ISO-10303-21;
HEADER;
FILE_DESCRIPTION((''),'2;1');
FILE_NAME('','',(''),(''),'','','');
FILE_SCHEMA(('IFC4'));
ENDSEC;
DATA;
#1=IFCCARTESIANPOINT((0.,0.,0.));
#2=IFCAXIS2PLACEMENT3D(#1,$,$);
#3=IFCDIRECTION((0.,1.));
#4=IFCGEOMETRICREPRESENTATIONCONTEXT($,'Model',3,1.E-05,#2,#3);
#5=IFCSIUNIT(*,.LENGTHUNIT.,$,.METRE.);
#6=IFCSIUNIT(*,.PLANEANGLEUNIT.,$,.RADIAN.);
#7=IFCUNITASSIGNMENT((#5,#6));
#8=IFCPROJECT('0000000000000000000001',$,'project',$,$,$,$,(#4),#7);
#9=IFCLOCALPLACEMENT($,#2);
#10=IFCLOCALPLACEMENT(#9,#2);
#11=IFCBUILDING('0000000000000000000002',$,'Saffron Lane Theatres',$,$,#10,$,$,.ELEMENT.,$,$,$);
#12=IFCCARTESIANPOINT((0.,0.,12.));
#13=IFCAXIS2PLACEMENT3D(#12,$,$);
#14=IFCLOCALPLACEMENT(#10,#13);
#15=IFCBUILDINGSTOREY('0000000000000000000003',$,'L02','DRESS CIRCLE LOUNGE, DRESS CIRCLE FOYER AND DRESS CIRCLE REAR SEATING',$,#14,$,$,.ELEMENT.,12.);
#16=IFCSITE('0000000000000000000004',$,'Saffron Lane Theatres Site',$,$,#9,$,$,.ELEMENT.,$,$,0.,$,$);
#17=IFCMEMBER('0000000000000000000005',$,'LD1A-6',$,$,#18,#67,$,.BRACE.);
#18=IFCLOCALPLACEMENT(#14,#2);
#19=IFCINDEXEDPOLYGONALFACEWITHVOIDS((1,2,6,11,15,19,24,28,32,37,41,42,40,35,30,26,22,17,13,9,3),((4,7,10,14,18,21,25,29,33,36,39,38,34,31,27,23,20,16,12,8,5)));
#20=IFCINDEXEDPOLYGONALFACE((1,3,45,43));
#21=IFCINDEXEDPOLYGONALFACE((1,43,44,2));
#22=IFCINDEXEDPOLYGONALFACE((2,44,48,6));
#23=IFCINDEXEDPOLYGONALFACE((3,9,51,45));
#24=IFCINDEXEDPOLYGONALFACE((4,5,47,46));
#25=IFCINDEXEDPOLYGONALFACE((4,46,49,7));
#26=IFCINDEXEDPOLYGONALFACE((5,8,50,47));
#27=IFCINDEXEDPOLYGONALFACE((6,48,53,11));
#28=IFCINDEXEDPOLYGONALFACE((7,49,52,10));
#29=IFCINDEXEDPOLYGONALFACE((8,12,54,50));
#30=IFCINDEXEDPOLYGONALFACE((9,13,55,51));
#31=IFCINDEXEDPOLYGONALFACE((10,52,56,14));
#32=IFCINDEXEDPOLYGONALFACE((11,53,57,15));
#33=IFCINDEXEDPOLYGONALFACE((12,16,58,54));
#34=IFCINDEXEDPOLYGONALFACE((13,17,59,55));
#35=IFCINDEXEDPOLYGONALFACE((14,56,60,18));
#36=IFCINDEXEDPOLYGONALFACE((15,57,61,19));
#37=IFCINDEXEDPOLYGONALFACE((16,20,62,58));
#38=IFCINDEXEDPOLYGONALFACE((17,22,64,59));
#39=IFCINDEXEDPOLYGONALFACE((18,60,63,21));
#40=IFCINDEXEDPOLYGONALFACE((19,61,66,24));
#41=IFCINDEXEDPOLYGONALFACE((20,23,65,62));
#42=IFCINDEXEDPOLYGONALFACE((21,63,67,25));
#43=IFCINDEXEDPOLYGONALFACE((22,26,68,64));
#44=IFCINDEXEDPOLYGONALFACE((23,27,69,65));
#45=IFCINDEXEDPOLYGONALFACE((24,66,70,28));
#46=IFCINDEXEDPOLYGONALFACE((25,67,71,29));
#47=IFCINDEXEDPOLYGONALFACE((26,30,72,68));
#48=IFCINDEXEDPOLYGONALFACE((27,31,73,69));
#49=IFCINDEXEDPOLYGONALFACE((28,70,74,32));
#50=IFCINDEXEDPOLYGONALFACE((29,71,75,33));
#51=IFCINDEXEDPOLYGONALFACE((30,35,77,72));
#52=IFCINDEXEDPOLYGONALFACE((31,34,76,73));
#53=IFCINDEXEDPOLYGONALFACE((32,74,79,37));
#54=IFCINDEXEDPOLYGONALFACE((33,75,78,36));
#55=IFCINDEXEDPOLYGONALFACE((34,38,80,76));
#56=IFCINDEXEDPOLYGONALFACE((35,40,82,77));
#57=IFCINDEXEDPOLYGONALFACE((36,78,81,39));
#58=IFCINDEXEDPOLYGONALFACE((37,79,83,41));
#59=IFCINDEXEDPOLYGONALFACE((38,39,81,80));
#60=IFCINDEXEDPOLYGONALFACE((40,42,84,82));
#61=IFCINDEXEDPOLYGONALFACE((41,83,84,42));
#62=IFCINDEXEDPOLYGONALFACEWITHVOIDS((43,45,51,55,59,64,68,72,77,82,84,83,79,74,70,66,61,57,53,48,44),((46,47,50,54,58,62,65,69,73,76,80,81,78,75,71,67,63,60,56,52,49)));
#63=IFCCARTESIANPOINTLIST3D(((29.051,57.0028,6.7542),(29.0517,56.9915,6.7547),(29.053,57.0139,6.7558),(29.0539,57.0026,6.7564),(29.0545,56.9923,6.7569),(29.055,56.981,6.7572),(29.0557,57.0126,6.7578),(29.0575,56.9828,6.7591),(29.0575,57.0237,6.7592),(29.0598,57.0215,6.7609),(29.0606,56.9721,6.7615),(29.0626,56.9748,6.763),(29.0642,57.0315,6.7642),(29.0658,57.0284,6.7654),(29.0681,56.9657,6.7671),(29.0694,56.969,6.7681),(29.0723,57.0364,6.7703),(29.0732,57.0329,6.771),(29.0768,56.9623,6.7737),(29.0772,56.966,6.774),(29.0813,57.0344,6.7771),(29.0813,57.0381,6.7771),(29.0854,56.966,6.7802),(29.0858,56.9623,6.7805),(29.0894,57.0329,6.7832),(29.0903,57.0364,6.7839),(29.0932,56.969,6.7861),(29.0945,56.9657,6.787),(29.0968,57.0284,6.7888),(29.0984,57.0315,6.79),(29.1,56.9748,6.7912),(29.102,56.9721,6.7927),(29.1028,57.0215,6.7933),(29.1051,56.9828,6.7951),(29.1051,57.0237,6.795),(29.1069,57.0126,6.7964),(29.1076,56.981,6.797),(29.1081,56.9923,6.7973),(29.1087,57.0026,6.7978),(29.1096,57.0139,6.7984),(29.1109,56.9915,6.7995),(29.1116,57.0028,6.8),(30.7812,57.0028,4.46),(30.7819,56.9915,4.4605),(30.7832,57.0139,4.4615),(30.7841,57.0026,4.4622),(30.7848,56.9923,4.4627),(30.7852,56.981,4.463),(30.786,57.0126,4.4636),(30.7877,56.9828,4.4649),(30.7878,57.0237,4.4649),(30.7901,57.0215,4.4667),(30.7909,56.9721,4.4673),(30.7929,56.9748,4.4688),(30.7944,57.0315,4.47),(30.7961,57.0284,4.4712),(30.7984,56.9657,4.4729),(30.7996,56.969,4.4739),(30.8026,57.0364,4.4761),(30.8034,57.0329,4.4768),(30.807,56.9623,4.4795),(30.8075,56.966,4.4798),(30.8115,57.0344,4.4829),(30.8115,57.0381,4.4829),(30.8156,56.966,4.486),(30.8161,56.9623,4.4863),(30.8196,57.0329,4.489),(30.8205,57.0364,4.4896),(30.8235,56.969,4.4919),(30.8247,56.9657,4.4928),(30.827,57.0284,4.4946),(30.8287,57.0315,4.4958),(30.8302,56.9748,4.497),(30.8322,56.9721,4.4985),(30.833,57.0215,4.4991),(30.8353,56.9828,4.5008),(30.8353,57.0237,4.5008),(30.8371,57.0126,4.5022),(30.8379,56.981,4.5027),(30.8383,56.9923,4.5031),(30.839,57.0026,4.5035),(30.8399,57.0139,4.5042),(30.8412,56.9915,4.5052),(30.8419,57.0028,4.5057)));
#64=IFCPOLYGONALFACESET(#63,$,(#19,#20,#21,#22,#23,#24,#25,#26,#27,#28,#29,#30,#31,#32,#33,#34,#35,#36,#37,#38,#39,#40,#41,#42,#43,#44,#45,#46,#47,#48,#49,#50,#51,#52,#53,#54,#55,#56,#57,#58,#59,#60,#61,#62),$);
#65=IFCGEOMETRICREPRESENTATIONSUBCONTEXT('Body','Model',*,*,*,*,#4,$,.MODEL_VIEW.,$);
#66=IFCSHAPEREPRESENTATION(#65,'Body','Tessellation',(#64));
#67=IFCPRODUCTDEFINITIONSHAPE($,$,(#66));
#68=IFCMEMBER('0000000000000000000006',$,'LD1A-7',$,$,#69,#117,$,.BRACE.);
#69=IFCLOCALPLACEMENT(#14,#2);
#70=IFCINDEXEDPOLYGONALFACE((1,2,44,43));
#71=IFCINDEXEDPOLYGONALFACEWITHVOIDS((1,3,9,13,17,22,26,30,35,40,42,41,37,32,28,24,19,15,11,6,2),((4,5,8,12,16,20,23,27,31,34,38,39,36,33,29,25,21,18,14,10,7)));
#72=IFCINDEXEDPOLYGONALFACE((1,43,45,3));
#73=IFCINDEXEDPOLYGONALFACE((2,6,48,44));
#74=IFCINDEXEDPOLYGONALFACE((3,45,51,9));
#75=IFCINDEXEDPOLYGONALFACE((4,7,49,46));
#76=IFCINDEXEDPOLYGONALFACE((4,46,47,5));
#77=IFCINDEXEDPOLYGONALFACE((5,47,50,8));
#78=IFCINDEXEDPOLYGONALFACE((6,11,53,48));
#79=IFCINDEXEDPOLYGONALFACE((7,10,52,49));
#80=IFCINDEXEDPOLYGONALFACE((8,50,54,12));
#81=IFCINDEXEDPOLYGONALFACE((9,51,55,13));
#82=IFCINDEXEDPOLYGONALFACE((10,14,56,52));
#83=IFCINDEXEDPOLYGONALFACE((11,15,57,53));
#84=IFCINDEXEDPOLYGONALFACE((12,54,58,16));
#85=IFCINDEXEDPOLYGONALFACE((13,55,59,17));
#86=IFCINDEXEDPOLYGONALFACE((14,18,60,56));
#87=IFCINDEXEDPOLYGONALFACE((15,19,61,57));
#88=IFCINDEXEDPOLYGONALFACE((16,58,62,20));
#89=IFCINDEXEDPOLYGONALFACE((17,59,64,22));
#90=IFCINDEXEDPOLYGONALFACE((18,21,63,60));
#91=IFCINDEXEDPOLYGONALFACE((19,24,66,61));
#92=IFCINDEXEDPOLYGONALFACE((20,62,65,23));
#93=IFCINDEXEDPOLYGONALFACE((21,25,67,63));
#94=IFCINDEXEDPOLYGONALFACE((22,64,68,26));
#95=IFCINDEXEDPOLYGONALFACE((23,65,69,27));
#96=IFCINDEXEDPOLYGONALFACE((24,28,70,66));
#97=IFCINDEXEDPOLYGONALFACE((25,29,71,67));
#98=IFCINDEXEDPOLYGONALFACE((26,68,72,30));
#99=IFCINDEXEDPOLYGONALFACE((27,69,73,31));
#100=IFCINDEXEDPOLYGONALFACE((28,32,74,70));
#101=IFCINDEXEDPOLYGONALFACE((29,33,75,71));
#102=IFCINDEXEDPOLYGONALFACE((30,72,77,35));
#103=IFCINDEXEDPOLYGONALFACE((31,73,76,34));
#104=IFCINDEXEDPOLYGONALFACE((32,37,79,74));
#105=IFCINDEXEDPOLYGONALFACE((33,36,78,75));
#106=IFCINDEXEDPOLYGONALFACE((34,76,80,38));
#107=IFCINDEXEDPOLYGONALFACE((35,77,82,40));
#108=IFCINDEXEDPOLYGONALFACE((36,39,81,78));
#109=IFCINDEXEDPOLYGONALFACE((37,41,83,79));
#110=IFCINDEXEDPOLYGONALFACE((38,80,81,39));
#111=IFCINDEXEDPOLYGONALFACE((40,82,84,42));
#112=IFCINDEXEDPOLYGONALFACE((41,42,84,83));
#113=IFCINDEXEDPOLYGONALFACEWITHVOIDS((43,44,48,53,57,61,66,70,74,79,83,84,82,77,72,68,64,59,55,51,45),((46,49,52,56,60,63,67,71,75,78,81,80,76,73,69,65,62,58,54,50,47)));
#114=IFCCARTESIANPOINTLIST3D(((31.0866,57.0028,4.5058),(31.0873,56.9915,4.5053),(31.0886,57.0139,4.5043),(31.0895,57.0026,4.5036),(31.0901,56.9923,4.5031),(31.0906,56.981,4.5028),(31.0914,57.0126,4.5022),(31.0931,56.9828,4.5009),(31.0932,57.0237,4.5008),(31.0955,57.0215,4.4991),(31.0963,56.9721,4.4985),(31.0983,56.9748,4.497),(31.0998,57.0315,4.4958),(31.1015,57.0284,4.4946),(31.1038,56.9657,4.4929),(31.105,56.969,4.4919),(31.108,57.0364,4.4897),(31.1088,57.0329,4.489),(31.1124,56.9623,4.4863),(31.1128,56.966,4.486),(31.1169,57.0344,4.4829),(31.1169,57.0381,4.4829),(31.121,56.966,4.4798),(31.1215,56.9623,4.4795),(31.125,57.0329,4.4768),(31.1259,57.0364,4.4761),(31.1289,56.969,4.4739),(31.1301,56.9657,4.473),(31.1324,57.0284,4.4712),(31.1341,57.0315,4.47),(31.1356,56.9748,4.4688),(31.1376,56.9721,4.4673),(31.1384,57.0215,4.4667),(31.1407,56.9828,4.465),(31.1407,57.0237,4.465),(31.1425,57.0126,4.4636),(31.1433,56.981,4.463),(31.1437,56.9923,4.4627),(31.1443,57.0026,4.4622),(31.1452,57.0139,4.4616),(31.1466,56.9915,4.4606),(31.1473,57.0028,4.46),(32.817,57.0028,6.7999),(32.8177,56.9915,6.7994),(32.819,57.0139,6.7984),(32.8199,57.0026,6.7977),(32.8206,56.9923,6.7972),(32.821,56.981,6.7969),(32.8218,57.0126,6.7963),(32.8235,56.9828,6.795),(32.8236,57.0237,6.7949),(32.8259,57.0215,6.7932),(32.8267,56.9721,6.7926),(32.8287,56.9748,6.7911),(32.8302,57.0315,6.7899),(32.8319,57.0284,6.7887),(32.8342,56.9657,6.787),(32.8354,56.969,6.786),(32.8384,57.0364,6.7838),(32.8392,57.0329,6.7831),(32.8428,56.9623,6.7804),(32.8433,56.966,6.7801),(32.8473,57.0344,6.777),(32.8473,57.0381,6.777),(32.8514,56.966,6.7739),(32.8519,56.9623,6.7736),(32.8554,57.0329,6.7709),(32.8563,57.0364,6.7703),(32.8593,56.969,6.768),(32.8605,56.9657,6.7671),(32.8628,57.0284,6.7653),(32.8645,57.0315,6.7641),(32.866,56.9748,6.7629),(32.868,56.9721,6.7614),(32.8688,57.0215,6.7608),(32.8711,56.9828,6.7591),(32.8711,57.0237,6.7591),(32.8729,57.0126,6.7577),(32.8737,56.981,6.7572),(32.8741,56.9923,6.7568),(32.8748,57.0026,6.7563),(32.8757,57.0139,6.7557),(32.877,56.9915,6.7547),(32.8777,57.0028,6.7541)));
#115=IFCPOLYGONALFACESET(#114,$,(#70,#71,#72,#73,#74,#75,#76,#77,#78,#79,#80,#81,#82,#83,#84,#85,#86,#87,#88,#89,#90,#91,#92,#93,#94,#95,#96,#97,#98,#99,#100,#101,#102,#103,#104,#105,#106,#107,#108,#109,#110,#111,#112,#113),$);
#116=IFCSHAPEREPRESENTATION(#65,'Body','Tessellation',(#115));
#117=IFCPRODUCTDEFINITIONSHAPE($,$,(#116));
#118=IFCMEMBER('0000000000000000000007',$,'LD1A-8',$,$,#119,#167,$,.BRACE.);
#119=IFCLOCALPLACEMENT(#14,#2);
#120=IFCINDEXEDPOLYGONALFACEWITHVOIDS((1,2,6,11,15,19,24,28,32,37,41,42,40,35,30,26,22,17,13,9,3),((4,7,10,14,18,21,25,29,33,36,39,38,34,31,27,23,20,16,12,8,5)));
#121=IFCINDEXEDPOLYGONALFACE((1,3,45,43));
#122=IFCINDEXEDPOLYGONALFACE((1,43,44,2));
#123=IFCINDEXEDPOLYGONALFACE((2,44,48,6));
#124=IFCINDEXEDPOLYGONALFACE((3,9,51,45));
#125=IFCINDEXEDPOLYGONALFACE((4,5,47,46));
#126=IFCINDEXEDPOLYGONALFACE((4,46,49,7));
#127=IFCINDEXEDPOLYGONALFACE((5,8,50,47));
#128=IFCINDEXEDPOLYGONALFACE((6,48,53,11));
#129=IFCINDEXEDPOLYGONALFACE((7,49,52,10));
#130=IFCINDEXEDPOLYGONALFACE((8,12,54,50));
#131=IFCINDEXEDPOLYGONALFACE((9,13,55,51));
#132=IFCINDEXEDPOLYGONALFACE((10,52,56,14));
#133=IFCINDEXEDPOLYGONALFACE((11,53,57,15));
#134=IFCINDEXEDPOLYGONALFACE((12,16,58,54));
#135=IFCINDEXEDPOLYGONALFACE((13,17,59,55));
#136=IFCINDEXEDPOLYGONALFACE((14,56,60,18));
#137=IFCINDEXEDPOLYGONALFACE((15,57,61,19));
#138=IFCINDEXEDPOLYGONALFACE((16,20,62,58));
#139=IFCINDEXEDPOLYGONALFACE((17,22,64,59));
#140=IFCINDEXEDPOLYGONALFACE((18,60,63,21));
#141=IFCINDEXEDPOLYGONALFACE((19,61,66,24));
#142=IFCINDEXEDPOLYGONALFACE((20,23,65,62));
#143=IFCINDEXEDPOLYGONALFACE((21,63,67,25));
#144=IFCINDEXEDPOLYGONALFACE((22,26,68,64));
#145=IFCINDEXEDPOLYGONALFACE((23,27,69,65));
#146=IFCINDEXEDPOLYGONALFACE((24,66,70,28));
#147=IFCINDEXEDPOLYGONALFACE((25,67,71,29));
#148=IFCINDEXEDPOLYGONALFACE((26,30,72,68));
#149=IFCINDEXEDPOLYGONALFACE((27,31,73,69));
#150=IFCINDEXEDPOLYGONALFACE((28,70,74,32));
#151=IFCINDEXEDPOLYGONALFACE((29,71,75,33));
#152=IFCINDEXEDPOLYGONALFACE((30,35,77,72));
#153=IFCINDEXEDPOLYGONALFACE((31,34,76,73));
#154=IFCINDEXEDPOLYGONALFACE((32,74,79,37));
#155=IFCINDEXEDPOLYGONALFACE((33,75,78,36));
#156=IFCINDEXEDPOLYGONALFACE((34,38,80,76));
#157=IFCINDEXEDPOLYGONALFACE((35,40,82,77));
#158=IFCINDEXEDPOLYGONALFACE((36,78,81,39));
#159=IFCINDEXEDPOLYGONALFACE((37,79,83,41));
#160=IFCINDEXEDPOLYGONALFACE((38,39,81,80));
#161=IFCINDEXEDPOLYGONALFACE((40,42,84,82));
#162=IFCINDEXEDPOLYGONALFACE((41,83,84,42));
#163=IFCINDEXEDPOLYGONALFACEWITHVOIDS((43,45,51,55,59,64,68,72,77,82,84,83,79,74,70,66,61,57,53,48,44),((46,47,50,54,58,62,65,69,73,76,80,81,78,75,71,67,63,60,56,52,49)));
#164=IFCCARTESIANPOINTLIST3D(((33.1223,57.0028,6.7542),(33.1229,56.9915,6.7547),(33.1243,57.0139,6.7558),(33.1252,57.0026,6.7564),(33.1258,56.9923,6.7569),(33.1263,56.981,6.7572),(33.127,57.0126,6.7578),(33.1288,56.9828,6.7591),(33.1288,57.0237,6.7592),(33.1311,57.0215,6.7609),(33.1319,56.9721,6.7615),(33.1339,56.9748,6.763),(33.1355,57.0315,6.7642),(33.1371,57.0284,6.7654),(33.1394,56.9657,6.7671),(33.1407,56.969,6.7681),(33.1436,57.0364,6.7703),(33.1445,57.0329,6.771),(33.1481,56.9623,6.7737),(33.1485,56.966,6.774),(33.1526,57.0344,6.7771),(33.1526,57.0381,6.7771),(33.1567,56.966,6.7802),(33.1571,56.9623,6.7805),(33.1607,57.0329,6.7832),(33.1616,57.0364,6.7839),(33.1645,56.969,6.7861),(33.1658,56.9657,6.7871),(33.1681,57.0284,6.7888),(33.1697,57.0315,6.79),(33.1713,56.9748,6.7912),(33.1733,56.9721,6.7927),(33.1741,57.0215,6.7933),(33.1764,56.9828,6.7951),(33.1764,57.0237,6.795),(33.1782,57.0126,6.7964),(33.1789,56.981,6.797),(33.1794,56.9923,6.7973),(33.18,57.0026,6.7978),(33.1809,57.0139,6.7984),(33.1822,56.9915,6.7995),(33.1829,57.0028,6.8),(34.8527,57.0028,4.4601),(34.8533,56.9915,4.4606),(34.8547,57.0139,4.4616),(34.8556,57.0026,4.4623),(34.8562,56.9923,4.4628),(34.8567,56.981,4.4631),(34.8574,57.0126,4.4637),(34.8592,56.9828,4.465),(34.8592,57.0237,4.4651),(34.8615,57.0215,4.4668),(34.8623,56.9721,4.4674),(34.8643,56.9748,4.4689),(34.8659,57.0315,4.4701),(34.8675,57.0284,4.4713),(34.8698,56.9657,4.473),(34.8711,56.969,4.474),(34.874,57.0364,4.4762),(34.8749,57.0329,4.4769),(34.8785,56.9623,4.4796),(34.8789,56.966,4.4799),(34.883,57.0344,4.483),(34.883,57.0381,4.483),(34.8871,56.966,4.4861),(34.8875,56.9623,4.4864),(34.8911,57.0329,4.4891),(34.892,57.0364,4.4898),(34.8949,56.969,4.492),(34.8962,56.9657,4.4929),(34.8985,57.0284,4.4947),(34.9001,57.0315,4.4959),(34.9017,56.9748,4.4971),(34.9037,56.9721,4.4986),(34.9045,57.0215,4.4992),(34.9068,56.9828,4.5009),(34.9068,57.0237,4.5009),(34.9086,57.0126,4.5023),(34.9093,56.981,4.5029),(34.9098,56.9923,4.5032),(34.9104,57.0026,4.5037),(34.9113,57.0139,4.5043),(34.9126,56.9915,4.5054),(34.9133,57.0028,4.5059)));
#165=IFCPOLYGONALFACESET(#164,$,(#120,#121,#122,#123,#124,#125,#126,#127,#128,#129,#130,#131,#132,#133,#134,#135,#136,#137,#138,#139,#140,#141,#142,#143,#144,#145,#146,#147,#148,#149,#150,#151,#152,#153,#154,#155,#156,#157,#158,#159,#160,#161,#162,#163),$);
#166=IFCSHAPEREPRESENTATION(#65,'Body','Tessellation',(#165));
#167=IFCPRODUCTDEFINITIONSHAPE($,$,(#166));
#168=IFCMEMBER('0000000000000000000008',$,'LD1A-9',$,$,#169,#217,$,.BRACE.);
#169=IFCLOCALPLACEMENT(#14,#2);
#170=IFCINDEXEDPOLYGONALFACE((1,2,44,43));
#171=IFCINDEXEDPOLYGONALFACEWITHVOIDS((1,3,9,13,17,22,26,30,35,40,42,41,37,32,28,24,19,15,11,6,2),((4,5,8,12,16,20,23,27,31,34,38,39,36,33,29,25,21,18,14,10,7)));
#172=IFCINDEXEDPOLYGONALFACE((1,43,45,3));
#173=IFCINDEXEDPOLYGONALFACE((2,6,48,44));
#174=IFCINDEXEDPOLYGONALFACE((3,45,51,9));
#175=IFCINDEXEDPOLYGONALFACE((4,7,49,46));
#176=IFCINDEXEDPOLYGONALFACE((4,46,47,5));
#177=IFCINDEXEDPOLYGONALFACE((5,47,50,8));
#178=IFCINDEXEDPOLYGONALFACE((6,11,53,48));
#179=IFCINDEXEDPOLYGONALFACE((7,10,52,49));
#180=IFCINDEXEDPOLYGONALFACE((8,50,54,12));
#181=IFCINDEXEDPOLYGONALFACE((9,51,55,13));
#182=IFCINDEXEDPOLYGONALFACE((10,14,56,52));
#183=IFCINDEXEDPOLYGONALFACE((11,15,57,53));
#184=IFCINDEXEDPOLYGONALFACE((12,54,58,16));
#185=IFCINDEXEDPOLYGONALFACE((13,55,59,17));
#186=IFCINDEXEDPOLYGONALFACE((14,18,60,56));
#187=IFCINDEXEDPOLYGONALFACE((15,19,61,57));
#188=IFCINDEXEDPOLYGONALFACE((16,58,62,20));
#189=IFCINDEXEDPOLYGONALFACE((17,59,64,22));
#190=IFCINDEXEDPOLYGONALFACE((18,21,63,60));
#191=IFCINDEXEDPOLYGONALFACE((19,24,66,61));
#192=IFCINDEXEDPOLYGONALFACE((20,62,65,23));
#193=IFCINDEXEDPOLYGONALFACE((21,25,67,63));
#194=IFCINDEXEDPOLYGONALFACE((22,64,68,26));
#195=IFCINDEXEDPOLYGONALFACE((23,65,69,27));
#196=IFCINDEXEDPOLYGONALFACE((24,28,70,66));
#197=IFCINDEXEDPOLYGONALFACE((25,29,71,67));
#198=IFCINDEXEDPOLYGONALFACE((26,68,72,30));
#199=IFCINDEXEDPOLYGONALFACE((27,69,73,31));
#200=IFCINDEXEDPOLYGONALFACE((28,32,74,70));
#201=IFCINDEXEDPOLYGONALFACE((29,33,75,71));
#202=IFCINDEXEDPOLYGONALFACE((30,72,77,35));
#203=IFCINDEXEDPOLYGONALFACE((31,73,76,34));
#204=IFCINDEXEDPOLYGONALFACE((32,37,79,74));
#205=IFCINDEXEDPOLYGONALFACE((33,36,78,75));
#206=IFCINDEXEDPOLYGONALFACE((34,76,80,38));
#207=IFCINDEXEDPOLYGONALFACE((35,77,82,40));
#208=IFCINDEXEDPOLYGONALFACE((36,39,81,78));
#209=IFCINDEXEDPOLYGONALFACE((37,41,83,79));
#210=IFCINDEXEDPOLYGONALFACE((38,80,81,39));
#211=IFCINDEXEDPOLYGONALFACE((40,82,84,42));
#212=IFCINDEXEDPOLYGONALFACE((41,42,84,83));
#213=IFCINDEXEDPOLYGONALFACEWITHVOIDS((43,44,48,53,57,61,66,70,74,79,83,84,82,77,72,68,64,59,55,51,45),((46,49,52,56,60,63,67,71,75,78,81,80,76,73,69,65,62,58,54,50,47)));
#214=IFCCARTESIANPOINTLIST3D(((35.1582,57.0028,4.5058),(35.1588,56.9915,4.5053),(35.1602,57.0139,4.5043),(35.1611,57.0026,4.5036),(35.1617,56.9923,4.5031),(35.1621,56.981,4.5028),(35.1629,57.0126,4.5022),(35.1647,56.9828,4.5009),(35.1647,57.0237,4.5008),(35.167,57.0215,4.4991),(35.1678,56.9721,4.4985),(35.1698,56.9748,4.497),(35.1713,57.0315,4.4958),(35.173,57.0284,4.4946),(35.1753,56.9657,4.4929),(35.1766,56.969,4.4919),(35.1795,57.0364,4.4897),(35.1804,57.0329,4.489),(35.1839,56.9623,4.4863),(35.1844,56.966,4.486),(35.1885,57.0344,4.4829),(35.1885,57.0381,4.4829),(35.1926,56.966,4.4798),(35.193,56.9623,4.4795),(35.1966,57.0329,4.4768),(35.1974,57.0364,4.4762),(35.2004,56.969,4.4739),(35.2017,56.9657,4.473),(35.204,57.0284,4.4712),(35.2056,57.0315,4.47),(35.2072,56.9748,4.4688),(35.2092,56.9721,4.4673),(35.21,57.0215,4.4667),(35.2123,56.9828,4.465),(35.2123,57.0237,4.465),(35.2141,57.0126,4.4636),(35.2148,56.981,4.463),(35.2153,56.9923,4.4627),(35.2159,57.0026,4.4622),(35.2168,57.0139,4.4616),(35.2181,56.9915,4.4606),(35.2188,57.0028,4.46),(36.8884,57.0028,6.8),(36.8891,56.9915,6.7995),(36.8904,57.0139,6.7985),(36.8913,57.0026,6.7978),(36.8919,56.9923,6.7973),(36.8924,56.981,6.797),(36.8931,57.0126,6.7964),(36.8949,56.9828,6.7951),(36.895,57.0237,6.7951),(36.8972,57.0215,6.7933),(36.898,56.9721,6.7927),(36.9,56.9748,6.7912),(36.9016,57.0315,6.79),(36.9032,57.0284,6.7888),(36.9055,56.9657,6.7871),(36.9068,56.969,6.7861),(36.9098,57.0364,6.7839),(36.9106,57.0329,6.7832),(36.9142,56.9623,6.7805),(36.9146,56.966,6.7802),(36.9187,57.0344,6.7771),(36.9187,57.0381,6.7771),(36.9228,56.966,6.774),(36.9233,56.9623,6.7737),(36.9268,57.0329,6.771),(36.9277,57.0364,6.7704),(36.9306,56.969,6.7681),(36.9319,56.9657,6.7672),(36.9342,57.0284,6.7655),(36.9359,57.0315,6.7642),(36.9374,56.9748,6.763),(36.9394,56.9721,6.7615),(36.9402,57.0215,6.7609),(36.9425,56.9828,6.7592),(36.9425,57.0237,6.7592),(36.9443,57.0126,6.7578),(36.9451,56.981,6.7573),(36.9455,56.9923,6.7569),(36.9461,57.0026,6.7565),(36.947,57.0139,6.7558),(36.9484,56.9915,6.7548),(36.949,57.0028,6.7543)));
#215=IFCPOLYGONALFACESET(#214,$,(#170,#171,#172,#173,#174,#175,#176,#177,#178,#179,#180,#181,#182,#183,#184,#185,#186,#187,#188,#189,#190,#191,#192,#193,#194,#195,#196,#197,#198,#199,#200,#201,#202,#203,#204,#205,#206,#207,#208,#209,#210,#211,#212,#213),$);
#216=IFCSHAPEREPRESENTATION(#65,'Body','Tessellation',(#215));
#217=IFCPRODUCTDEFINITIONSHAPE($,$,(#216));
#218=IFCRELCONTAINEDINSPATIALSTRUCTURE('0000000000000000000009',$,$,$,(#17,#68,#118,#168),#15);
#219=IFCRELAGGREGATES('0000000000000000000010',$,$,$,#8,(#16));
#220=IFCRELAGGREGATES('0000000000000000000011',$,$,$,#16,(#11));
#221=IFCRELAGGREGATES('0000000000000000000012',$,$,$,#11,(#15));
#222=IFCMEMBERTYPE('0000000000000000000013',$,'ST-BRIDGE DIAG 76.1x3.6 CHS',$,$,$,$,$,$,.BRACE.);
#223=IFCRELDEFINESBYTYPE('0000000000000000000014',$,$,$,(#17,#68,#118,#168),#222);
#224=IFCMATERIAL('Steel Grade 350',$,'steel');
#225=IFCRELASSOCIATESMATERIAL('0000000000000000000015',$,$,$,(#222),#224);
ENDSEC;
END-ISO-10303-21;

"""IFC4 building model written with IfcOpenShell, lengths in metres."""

from ifc_helpers import new_model, si_unit, direction, frame, origin, origin_2d, place, context, subcontext, project, spatial, hollow_circle, extrude, material, material_profile, profile_set, type_object, element, save


model = new_model("IFC4")

# Units and contexts
model_context = context("Model", 3, precision=1e-05, world=origin(), true_north=direction((0.0, 1.0)))
body_context = subcontext(model_context, "Body", "Model", "MODEL_VIEW")
ifc_project = project(units=[si_unit("LENGTHUNIT", "METRE"), si_unit("PLANEANGLEUNIT", "RADIAN")], contexts=[model_context])

# Site, building, storey
site_placement = place(None, origin())
site = spatial("IfcSite", under=ifc_project, at=site_placement, Name="Saffron Lane Theatres Site", CompositionType="ELEMENT", RefElevation=0.0)
building_placement = place(site_placement, origin())
building = spatial("IfcBuilding", under=site, at=building_placement, Name="Saffron Lane Theatres", CompositionType="ELEMENT")
storey_placement = place(building_placement, frame((0.0, 0.0, 12.0)))
storey = spatial("IfcBuildingStorey", under=building, at=storey_placement, Name="L02", Description="DRESS CIRCLE LOUNGE, DRESS CIRCLE FOYER AND DRESS CIRCLE REAR SEATING", CompositionType="ELEMENT", Elevation=12.0)

# Members
ifc_material_1 = material(Name="Steel Grade 350", Category="steel")
ifc_material_profile_1 = material_profile(ifc_material_1, hollow_circle(Radius=0.0381, WallThickness=0.0037, at=origin_2d()))
ifc_profile_set_1 = profile_set([ifc_material_profile_1], Name="Steel Grade 350")
member_type = type_object("IfcMemberType", Name="ST-BRIDGE DIAG 76.1x3.6 CHS", PredefinedType="BRACE", material=ifc_profile_set_1)
for number, where, z_axis, x_axis, name in (
    (1, (29.0813, 57.0, 6.7771), (0.602132, 0.0, -0.798396), (0.0, 1.0, 0.0), "LD1A-6"),
    (2, (31.1169, 57.0, 4.4829), (0.602186, 0.0, 0.798356), (0.0, 1.0, 0.0), "LD1A-7"),
    (3, (33.1526, 57.0, 6.7771), (0.602186, 0.0, -0.798356), (0.0, 1.0, 0.0), "LD1A-8"),
    (4, (35.1885, 57.0, 4.4829), (0.602132, 0.0, 0.798396), (0.0, 1.0, 0.0), "LD1A-9"),
):
    element("IfcMember", number, at=place(storey_placement, frame(where, z_axis=z_axis, x_axis=x_axis)), inside=storey, type_object=member_type, Name=name, PredefinedType="BRACE", context=body_context, shape_type="SweptSolid", body=[
        extrude(hollow_circle(Radius=0.0381, WallThickness=0.0037, at=origin_2d()), origin(), (0.0, 0.0, 1.0), 2.8735),
    ])

save(model, "model.ifc")
